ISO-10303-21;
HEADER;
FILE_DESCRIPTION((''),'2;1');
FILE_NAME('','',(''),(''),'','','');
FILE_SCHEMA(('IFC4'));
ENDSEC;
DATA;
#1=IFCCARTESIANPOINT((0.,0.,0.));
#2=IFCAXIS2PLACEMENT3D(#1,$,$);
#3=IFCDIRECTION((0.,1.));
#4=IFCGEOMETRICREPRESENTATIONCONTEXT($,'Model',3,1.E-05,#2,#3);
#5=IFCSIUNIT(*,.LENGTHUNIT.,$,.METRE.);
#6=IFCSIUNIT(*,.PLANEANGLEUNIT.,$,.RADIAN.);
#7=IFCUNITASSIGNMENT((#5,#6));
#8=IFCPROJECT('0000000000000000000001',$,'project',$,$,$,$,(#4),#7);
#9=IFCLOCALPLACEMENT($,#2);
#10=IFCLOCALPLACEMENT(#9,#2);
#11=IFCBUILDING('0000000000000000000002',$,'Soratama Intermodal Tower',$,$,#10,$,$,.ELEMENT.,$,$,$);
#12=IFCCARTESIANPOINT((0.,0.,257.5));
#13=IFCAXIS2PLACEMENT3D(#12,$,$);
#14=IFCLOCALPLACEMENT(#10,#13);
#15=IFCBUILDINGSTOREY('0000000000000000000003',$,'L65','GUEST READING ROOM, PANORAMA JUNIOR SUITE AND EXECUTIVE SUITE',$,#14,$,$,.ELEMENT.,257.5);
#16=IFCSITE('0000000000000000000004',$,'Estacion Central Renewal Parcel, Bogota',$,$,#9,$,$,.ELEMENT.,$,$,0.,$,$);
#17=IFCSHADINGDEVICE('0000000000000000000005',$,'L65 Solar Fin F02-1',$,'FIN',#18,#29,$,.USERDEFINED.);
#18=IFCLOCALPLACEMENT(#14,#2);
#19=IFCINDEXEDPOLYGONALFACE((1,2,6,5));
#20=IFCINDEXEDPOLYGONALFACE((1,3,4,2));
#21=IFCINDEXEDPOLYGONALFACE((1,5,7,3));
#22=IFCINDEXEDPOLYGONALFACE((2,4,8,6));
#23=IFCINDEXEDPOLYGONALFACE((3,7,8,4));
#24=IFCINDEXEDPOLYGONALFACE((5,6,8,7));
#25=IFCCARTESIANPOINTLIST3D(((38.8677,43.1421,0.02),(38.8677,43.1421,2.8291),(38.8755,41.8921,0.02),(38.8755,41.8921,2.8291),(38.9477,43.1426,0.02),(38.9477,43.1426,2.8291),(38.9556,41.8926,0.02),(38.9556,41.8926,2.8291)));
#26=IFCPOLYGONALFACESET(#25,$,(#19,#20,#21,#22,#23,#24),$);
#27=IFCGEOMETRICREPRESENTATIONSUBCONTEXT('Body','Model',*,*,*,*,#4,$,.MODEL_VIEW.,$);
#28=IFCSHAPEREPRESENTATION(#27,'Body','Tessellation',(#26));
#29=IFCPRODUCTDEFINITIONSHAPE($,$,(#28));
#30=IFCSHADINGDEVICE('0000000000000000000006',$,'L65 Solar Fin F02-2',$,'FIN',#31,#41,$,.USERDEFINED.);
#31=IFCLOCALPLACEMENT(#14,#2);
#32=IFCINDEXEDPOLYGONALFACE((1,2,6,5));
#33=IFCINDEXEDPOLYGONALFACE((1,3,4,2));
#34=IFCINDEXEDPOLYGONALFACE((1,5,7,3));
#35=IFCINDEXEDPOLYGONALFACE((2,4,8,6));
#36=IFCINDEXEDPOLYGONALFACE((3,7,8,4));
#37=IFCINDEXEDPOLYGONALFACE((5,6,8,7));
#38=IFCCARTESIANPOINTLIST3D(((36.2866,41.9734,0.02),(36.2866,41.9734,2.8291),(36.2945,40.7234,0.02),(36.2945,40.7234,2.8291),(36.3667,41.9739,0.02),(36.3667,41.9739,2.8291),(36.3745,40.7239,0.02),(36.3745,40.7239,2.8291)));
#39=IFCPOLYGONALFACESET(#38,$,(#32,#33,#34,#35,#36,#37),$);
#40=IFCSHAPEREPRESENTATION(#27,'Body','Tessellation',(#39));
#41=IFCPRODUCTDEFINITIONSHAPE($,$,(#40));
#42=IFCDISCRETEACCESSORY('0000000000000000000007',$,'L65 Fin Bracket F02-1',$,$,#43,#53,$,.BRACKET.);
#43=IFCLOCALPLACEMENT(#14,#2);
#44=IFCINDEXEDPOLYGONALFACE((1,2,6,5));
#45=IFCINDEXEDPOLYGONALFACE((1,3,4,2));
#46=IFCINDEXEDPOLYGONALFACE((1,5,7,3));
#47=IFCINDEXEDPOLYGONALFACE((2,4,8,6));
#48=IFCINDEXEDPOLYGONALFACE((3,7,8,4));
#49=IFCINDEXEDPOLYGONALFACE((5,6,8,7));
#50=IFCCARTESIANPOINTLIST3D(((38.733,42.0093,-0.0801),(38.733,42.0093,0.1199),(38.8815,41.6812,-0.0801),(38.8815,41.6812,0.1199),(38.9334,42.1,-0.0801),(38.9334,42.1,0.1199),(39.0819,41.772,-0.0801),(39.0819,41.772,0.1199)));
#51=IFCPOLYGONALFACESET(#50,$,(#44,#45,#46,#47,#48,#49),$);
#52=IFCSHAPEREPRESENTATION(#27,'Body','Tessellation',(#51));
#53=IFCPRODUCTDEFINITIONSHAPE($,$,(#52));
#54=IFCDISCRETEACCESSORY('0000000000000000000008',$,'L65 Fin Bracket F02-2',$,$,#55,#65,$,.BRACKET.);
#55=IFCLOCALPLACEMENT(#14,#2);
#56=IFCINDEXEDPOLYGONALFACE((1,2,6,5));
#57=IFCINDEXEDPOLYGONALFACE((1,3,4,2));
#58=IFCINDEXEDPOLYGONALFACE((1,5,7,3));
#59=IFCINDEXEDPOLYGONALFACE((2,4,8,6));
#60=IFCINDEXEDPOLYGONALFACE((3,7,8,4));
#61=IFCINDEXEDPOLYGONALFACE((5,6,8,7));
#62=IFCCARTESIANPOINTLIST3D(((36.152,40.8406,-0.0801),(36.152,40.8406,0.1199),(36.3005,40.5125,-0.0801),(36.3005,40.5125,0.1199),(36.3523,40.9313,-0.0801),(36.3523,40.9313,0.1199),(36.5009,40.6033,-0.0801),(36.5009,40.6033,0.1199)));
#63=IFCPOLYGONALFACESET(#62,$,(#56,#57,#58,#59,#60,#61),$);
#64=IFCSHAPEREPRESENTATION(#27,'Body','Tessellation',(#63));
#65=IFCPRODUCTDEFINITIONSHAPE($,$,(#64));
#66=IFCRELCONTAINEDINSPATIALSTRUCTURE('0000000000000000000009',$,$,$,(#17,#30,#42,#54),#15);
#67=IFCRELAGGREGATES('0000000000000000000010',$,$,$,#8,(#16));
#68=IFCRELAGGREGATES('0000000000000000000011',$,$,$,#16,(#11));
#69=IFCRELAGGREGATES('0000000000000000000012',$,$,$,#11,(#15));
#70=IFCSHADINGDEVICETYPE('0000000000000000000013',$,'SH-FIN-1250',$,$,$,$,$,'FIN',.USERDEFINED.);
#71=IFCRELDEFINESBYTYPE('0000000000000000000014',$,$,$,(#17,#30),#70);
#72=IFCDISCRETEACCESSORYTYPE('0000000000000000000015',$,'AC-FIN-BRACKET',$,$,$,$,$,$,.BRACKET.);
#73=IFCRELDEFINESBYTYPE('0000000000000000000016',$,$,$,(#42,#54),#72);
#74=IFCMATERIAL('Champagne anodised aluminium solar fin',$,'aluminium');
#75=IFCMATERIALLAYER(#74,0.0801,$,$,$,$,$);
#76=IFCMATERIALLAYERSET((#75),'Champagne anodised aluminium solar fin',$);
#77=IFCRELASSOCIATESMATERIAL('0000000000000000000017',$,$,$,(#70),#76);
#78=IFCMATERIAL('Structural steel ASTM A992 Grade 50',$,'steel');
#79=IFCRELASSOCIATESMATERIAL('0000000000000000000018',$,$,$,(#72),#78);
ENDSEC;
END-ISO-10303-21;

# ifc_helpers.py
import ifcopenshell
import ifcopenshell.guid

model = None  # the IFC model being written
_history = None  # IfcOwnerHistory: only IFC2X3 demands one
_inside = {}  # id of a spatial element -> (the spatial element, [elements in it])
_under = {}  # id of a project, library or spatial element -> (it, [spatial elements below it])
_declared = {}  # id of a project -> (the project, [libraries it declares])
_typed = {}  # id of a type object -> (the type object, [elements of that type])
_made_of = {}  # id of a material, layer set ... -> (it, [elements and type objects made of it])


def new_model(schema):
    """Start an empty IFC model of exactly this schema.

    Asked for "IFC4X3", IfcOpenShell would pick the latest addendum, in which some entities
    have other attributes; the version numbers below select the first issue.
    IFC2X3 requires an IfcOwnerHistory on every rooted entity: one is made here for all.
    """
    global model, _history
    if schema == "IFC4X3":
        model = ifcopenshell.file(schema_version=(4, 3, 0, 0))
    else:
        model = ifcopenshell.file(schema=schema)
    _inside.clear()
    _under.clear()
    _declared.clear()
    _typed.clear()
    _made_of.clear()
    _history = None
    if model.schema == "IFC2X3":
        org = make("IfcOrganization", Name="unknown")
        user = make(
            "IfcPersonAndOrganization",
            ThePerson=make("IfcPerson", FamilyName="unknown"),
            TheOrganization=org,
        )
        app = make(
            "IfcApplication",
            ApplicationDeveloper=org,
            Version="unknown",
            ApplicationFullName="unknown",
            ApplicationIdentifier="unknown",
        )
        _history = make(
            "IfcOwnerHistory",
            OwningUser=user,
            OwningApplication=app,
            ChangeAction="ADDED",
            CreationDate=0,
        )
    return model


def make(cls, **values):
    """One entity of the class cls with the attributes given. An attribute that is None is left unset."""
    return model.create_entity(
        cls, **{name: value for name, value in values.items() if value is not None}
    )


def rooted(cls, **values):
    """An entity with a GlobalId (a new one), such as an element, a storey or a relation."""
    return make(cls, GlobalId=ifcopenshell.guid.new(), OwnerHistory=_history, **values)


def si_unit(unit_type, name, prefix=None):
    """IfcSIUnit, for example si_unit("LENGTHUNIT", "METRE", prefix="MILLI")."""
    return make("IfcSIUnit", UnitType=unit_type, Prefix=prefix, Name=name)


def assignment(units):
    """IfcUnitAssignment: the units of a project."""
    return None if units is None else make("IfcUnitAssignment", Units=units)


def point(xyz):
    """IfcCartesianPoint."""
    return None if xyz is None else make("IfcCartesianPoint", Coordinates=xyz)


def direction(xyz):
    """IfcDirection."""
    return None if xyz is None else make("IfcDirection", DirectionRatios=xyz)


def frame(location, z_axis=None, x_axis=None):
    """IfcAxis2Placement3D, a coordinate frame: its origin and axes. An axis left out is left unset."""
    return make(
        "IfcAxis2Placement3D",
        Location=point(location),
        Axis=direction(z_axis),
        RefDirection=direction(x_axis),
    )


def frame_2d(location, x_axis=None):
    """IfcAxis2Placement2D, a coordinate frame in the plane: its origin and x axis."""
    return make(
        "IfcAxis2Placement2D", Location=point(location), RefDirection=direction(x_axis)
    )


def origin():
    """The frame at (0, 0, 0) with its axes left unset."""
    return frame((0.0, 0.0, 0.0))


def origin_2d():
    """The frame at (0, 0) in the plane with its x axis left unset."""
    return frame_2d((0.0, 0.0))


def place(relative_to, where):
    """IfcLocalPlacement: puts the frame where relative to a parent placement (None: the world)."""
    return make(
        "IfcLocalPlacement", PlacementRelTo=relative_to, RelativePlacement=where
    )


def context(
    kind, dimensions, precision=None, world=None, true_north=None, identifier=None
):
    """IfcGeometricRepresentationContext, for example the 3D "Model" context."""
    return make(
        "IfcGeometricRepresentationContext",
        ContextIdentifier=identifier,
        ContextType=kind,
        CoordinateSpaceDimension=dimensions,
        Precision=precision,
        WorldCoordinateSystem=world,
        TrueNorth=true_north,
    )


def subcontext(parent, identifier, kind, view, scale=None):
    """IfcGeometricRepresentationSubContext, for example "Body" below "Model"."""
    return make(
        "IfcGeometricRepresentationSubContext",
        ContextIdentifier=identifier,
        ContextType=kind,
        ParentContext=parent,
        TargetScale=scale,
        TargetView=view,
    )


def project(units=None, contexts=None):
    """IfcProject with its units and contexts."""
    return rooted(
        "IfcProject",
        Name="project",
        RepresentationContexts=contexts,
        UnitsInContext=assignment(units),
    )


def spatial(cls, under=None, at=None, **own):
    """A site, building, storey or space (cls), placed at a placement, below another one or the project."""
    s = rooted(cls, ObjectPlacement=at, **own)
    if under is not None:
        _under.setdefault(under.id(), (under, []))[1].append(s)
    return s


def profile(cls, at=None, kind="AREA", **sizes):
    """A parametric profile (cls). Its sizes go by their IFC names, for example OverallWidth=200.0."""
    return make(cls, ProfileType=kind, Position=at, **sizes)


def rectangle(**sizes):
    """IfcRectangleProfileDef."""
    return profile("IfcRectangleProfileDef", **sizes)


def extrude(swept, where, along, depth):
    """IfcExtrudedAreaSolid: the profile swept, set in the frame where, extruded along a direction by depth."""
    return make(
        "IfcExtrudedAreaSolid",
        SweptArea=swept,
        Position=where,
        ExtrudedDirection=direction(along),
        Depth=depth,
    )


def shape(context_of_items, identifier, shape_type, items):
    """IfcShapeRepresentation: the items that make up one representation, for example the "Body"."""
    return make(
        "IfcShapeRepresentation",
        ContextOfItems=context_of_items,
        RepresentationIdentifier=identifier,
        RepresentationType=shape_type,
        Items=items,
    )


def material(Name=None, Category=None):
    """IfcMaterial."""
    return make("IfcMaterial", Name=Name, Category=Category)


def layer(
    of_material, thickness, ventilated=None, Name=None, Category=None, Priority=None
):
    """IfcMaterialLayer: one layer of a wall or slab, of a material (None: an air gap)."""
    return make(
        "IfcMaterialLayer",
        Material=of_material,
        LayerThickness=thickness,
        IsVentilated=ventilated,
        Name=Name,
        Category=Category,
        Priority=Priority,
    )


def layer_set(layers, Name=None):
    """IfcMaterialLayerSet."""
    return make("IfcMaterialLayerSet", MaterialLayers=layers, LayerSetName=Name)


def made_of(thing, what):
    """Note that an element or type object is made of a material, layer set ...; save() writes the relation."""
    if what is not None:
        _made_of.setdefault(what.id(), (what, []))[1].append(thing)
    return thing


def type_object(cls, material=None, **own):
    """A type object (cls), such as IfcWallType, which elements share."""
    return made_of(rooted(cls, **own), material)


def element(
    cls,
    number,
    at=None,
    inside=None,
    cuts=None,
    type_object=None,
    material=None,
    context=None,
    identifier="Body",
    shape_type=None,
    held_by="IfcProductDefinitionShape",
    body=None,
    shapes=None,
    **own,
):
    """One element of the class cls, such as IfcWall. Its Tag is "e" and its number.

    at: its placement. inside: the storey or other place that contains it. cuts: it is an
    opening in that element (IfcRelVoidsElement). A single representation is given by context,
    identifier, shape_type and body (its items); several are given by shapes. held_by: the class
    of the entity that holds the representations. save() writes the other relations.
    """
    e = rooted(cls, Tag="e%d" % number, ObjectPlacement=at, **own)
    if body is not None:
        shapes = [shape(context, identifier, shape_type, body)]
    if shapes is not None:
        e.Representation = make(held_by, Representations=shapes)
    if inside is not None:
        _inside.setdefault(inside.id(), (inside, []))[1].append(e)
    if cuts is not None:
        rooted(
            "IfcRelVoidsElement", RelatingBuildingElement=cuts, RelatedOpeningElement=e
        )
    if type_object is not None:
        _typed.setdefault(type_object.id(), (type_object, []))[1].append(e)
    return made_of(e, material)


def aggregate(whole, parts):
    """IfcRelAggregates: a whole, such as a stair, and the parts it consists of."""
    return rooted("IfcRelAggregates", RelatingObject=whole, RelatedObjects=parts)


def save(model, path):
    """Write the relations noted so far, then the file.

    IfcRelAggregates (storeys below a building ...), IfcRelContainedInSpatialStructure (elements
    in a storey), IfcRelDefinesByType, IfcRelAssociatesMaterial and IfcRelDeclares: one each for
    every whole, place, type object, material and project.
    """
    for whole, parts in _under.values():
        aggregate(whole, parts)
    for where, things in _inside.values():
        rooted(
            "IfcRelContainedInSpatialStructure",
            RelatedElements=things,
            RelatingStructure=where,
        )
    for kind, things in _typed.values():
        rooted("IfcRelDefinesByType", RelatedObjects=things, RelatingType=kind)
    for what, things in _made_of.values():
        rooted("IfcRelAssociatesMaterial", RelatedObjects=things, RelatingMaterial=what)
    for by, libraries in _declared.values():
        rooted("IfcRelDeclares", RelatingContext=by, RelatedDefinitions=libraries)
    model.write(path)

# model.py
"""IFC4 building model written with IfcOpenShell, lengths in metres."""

from ifc_helpers import new_model, si_unit, direction, frame, origin, origin_2d, place, context, subcontext, project, spatial, rectangle, extrude, material, layer, layer_set, type_object, element, save


model = new_model("IFC4")

# Units and contexts
model_context = context("Model", 3, precision=1e-05, world=origin(), true_north=direction((0.0, 1.0)))
body_context = subcontext(model_context, "Body", "Model", "MODEL_VIEW")
ifc_project = project(units=[si_unit("LENGTHUNIT", "METRE"), si_unit("PLANEANGLEUNIT", "RADIAN")], contexts=[model_context])

# Site, building, storey
site_placement = place(None, origin())
site = spatial("IfcSite", under=ifc_project, at=site_placement, Name="Estacion Central Renewal Parcel, Bogota", CompositionType="ELEMENT", RefElevation=0.0)
building_placement = place(site_placement, origin())
building = spatial("IfcBuilding", under=site, at=building_placement, Name="Soratama Intermodal Tower", CompositionType="ELEMENT")
storey_placement = place(building_placement, frame((0.0, 0.0, 257.5)))
storey = spatial("IfcBuildingStorey", under=building, at=storey_placement, Name="L65", Description="GUEST READING ROOM, PANORAMA JUNIOR SUITE AND EXECUTIVE SUITE", CompositionType="ELEMENT", Elevation=257.5)

# Shading devices
ifc_material_1 = material(Name="Champagne anodised aluminium solar fin", Category="aluminium")
ifc_layer_1 = layer(ifc_material_1, 0.0801)
ifc_layer_set_1 = layer_set([ifc_layer_1], Name="Champagne anodised aluminium solar fin")
shading_device_type = type_object("IfcShadingDeviceType", Name="SH-FIN-1250", ElementType="FIN", PredefinedType="USERDEFINED", material=ifc_layer_set_1)
for number, where, z_axis, x_axis, name in (
    (1, (38.9116, 42.5173, 0.02), (0.0, 0.0, 1.0), (-0.006283, 0.99998, 0.0), "L65 Solar Fin F02-1"),
    (2, (36.3306, 41.3486, 0.02), (0.0, 0.0, 1.0), (-0.006283, 0.99998, 0.0), "L65 Solar Fin F02-2"),
):
    element("IfcShadingDevice", number, at=place(storey_placement, frame(where, z_axis=z_axis, x_axis=x_axis)), inside=storey, type_object=shading_device_type, Name=name, ObjectType="FIN", PredefinedType="USERDEFINED", context=body_context, shape_type="SweptSolid", body=[
        extrude(rectangle(XDim=1.25, YDim=0.0801, at=origin_2d()), origin(), (0.0, 0.0, 1.0), 2.8091),
    ])

# Discrete accessories
ifc_material_2 = material(Name="Structural steel ASTM A992 Grade 50", Category="steel")
discrete_accessory_type = type_object("IfcDiscreteAccessoryType", Name="AC-FIN-BRACKET", PredefinedType="BRACKET", material=ifc_material_2)
for number, where, z_axis, x_axis, name in (
    (3, (38.9075, 41.8906, -0.0801), (0.0, 0.0, 1.0), (-0.412469, 0.910972, 0.0), "L65 Fin Bracket F02-1"),
    (4, (36.3264, 40.7219, -0.0801), (0.0, 0.0, 1.0), (-0.412469, 0.910972, 0.0), "L65 Fin Bracket F02-2"),
):
    element("IfcDiscreteAccessory", number, at=place(storey_placement, frame(where, z_axis=z_axis, x_axis=x_axis)), inside=storey, type_object=discrete_accessory_type, Name=name, PredefinedType="BRACKET", context=body_context, shape_type="SweptSolid", body=[
        extrude(rectangle(XDim=0.3601, YDim=0.22, at=origin_2d()), origin(), (0.0, 0.0, 1.0), 0.2),
    ])

save(model, "model.ifc")
